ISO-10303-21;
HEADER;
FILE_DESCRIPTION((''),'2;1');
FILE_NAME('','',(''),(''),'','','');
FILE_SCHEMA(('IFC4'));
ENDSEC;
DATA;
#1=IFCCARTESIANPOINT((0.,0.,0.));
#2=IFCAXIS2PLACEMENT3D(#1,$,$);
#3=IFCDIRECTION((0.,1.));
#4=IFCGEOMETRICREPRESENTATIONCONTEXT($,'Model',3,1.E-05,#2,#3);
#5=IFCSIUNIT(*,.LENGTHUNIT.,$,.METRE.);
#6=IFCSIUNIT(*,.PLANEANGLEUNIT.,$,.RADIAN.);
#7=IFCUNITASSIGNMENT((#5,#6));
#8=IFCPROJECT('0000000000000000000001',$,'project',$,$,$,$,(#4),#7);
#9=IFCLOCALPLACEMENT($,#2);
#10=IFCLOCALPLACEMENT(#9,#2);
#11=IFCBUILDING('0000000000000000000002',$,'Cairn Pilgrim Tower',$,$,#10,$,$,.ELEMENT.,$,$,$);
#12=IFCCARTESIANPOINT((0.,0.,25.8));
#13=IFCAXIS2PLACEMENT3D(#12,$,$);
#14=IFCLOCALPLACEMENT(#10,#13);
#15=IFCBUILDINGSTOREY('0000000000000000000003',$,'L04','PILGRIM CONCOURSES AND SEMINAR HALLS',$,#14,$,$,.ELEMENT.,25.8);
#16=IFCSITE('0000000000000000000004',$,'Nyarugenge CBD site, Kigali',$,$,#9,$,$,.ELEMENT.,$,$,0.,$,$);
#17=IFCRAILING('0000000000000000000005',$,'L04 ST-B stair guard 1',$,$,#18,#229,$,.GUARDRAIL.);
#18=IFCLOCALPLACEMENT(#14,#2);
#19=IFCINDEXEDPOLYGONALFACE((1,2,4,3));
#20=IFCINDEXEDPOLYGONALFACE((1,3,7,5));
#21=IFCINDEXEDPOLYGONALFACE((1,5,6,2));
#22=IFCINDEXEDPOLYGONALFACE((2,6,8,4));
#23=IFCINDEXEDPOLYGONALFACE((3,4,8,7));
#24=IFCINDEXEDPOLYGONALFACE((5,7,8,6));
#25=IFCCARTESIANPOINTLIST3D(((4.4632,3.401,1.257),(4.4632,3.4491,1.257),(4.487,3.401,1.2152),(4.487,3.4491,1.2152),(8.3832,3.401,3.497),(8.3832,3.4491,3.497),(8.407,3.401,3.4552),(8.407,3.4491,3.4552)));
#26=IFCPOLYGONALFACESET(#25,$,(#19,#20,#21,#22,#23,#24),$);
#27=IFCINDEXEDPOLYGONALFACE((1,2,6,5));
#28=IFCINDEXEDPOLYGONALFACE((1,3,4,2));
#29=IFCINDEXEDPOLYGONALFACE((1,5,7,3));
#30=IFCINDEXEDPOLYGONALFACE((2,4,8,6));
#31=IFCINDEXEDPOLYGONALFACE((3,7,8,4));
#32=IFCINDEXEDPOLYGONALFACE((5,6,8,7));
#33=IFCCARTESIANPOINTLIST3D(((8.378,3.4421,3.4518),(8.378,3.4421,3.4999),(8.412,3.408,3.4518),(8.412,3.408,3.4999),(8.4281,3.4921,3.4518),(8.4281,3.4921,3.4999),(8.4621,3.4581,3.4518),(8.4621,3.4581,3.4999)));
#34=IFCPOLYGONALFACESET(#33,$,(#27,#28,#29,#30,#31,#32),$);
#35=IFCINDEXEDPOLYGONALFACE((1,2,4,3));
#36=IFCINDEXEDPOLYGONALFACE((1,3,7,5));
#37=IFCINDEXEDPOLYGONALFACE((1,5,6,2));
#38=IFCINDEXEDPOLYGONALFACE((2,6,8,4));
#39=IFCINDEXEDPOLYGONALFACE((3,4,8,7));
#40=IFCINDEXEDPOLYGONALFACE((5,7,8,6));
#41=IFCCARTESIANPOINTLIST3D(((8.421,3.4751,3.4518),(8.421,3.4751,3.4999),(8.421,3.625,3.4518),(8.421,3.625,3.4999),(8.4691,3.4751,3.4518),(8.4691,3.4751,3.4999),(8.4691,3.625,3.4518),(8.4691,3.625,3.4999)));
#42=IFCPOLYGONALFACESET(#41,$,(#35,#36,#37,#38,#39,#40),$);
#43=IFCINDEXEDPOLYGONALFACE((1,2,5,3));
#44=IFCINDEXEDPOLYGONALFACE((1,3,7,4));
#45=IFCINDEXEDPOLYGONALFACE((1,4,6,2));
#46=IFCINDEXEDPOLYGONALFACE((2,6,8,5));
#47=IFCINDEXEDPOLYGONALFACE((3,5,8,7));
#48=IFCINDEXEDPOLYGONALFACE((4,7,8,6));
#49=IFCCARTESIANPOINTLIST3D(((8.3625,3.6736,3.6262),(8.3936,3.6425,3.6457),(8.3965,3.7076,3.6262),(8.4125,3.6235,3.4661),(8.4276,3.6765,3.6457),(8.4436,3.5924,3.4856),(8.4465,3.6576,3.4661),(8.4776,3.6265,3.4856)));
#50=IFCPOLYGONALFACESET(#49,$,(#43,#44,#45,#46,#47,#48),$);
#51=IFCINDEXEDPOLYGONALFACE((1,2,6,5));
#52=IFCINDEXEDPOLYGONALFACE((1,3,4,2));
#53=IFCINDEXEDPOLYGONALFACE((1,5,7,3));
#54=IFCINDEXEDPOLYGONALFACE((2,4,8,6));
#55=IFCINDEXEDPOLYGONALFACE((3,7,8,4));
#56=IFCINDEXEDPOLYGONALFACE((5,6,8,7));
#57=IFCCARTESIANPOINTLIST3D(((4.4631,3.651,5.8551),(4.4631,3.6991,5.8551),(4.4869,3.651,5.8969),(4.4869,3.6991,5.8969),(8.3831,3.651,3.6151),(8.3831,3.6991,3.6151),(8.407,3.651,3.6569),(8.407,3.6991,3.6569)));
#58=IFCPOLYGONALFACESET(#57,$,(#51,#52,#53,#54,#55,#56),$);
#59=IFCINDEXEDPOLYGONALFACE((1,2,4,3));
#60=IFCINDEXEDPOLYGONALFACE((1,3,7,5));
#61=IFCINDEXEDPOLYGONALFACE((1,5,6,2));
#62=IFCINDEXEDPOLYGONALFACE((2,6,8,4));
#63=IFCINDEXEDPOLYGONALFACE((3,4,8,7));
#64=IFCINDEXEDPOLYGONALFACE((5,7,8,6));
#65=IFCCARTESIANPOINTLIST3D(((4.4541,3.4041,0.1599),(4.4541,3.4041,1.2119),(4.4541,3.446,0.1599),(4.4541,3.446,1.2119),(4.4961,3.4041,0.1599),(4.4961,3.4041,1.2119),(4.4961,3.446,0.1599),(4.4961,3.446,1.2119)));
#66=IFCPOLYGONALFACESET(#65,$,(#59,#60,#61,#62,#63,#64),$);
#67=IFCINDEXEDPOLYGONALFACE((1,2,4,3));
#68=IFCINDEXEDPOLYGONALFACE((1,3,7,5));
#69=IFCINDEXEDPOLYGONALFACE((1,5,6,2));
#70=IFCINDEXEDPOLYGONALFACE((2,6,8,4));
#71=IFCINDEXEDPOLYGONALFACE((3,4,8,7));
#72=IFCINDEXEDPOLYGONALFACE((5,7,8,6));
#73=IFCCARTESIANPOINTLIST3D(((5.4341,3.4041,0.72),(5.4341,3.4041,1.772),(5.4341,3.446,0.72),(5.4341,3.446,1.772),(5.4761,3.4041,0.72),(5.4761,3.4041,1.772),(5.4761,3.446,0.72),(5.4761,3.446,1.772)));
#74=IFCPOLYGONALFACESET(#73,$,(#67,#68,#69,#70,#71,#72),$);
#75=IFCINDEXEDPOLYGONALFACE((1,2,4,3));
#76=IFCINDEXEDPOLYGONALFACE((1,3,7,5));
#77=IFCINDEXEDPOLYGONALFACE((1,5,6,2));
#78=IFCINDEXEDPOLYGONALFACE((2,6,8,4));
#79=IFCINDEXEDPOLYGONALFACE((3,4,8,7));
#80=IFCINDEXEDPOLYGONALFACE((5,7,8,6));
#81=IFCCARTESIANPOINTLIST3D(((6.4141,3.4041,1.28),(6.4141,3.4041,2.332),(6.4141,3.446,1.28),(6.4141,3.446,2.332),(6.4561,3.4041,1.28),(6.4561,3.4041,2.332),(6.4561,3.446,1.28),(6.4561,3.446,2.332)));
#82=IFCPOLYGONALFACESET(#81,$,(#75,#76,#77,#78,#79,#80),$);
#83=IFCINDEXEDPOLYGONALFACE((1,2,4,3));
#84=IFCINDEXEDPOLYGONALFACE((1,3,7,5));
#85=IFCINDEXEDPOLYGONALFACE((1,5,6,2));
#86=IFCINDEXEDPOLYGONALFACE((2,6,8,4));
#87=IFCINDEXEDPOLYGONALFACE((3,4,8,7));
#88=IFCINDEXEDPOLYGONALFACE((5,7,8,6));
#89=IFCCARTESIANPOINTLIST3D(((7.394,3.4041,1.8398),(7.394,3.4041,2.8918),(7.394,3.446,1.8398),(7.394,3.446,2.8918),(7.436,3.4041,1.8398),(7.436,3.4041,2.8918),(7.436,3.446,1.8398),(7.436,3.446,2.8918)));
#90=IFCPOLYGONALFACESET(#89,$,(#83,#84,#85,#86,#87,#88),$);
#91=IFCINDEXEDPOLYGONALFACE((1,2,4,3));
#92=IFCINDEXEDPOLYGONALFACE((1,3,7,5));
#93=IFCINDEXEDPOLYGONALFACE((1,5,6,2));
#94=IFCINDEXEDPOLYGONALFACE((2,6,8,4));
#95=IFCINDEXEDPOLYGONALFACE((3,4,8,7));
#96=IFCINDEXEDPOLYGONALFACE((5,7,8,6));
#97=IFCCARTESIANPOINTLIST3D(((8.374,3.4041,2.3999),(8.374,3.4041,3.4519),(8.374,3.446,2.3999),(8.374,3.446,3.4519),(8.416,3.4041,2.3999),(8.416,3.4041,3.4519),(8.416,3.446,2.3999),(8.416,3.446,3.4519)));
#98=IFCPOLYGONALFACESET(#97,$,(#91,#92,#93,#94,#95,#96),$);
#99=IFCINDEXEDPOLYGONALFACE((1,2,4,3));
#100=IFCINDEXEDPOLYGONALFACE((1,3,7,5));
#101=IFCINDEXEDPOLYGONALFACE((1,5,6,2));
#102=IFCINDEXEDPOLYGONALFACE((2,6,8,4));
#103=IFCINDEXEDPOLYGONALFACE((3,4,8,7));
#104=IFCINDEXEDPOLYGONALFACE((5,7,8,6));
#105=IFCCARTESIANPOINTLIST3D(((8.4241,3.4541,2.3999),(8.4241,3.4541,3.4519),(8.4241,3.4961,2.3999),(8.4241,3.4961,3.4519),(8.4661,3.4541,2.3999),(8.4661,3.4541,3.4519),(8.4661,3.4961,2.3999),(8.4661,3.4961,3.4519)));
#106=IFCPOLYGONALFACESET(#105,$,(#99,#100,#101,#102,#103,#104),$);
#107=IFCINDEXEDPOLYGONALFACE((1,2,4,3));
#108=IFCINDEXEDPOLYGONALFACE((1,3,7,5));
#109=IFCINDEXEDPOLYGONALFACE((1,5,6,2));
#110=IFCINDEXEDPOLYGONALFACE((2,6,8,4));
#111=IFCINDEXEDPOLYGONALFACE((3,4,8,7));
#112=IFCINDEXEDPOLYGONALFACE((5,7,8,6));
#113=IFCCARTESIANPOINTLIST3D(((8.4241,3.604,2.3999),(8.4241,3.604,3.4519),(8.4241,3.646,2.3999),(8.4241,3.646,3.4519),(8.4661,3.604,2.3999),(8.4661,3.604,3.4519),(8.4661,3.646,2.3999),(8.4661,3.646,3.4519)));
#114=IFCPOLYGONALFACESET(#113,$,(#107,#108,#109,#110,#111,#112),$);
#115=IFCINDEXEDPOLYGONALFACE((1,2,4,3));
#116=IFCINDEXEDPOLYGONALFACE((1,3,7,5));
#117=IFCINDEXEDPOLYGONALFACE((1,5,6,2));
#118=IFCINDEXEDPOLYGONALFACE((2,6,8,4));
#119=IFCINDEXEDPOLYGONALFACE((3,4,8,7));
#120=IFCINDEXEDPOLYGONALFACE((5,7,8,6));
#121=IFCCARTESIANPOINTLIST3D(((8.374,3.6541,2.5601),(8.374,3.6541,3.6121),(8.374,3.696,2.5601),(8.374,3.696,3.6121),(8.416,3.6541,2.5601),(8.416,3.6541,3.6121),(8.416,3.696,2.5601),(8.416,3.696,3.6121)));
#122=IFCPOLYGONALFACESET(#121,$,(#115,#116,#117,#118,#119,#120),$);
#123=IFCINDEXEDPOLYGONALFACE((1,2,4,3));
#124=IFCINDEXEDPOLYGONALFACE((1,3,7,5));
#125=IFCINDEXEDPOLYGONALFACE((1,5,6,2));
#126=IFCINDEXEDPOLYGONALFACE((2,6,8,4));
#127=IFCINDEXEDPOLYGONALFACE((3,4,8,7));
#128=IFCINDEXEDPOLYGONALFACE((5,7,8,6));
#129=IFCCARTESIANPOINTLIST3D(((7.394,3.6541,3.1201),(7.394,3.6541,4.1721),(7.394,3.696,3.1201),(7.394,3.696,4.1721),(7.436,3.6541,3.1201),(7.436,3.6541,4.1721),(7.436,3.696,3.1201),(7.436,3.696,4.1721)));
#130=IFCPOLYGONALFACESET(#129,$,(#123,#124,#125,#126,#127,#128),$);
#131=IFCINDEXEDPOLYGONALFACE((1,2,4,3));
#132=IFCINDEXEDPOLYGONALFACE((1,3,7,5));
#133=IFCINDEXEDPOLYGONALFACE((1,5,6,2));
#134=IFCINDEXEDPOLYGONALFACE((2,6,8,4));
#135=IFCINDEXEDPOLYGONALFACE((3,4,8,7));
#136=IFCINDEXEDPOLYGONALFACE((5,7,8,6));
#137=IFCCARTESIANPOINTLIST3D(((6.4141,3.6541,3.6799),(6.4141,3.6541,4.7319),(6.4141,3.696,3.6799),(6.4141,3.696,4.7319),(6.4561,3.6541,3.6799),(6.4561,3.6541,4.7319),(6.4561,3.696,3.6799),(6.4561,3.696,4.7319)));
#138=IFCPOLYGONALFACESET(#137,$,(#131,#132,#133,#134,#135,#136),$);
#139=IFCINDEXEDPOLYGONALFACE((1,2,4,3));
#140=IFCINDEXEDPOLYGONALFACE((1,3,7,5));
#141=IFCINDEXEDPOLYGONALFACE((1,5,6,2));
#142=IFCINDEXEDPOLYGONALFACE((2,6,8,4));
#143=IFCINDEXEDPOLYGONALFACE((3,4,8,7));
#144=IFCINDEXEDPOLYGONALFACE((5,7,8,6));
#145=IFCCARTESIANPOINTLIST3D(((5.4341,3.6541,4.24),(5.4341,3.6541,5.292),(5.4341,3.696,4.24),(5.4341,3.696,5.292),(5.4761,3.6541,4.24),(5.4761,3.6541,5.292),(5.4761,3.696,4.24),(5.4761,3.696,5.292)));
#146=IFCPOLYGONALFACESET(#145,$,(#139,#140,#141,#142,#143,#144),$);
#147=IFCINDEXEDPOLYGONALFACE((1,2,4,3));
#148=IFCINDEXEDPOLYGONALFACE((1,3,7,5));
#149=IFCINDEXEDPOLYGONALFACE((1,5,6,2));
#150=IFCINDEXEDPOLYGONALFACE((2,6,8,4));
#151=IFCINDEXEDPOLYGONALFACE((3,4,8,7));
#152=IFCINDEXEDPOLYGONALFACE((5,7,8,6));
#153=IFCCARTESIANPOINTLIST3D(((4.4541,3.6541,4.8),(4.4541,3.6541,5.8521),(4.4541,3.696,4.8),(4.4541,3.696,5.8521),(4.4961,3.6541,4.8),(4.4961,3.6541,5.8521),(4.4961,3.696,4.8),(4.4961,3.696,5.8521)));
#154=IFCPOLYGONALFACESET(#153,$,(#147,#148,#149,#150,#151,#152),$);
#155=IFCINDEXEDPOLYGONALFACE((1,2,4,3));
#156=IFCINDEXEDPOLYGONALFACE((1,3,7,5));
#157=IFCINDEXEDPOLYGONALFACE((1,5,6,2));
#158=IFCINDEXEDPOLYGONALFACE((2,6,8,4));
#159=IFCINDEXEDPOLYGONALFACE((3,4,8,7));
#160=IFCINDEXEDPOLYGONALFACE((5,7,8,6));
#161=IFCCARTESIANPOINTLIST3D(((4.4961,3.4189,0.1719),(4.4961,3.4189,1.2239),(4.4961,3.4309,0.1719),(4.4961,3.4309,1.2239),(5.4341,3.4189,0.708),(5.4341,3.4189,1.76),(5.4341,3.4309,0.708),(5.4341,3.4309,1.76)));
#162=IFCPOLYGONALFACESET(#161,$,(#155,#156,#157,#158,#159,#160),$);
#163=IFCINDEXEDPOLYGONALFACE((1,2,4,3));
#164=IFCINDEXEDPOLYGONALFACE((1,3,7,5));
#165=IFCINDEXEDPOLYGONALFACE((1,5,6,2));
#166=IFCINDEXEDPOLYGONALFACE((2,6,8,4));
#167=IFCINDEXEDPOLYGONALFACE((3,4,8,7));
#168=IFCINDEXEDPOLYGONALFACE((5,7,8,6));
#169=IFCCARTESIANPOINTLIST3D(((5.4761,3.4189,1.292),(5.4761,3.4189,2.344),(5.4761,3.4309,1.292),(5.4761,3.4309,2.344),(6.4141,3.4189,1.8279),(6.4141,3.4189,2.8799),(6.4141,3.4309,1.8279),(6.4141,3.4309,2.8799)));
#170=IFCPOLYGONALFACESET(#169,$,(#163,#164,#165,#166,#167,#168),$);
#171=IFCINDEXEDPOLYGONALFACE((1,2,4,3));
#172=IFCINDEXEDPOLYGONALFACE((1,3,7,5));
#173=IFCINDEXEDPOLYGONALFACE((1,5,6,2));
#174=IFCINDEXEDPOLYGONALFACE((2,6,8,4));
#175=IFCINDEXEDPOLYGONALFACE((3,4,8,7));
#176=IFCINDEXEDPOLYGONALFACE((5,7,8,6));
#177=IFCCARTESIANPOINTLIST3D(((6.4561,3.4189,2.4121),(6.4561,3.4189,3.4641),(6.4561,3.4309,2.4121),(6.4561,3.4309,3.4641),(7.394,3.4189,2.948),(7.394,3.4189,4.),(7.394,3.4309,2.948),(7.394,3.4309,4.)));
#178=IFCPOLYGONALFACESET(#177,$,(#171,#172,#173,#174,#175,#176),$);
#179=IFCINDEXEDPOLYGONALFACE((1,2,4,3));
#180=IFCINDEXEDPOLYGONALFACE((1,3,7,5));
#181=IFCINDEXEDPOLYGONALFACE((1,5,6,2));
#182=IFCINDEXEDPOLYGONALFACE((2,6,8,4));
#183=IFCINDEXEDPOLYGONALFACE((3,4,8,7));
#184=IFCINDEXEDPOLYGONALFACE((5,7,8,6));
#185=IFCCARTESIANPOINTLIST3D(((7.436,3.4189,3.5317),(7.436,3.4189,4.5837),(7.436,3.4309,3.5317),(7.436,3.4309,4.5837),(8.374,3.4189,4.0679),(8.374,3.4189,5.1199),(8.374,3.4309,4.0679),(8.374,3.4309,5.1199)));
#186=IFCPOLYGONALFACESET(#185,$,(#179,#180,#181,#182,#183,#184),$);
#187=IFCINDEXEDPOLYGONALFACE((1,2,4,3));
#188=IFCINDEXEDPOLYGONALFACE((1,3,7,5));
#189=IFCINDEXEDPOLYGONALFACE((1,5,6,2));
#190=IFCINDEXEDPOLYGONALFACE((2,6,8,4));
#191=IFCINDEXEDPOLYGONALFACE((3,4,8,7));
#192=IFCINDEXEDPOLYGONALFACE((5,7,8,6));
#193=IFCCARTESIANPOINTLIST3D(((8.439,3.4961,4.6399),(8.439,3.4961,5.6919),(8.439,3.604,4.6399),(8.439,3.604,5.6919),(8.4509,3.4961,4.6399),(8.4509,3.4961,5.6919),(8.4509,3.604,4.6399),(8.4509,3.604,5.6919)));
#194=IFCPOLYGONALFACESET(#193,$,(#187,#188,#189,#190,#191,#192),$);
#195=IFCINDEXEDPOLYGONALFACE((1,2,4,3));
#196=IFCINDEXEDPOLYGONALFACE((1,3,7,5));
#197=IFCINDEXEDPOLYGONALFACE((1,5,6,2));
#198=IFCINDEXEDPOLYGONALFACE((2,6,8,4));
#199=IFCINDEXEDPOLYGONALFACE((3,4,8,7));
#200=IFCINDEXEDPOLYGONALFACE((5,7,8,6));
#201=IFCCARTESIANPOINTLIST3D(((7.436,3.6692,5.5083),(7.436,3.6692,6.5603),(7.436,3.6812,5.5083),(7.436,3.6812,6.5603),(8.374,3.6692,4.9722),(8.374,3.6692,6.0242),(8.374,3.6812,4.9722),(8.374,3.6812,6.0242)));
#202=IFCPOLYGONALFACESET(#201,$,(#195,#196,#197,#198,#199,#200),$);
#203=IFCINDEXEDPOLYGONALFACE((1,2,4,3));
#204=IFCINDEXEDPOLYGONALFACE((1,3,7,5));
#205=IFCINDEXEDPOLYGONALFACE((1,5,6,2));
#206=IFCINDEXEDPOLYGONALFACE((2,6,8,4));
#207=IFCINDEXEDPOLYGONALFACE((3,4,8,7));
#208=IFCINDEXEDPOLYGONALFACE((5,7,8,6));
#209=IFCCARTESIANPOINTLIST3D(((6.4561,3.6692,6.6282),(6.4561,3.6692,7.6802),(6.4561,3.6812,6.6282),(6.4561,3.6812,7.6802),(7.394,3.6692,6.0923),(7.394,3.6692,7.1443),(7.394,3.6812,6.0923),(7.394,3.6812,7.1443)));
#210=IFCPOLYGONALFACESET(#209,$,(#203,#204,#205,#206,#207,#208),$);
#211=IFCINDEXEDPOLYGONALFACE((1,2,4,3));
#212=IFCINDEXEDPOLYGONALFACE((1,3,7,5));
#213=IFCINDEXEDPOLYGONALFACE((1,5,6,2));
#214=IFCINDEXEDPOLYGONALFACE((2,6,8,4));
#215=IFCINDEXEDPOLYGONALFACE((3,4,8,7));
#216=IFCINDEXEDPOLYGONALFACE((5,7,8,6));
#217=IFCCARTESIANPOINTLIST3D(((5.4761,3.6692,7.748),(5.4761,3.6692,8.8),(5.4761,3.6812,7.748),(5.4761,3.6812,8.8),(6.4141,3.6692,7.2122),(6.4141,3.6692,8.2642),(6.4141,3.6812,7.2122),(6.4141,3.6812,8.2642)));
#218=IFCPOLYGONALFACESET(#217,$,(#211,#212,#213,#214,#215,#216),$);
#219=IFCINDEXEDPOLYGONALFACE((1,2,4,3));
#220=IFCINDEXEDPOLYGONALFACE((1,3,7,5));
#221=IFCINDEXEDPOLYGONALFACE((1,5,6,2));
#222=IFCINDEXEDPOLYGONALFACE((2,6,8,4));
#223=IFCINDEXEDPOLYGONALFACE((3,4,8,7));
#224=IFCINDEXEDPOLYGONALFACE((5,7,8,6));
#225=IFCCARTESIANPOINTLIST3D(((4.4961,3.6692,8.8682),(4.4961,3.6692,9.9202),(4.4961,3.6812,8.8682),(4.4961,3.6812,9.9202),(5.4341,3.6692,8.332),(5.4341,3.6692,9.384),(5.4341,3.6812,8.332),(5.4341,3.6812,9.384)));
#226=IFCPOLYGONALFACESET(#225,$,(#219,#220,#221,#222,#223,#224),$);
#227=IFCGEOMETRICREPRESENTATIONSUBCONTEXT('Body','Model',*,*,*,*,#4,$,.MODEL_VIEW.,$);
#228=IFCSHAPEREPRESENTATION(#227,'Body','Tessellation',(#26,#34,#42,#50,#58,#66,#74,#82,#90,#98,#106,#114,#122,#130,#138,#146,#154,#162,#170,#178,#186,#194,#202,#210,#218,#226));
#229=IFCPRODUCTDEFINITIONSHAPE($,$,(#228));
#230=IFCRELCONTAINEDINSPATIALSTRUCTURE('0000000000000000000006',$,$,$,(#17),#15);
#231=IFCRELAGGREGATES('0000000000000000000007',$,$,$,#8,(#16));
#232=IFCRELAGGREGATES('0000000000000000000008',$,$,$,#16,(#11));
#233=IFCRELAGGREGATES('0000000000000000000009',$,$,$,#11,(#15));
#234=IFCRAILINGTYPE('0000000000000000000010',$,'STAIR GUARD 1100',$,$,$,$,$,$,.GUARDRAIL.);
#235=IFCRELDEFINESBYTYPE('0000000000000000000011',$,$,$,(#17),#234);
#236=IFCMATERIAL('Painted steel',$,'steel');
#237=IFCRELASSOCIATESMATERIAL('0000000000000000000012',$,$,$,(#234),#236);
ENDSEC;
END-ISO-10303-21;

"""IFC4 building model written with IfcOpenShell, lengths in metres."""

from ifc_helpers import new_model, si_unit, direction, frame, origin, origin_2d, place, context, subcontext, project, spatial, polyline, rectangle, outline, extrude, material, type_object, element, save


model = new_model("IFC4")

# Units and contexts
model_context = context("Model", 3, precision=1e-05, world=origin(), true_north=direction((0.0, 1.0)))
body_context = subcontext(model_context, "Body", "Model", "MODEL_VIEW")
ifc_project = project(units=[si_unit("LENGTHUNIT", "METRE"), si_unit("PLANEANGLEUNIT", "RADIAN")], contexts=[model_context])

# Site, building, storey
site_placement = place(None, origin())
site = spatial("IfcSite", under=ifc_project, at=site_placement, Name="Nyarugenge CBD site, Kigali", CompositionType="ELEMENT", RefElevation=0.0)
building_placement = place(site_placement, origin())
building = spatial("IfcBuilding", under=site, at=building_placement, Name="Cairn Pilgrim Tower", CompositionType="ELEMENT")
storey_placement = place(building_placement, frame((0.0, 0.0, 25.8)))
storey = spatial("IfcBuildingStorey", under=building, at=storey_placement, Name="L04", Description="PILGRIM CONCOURSES AND SEMINAR HALLS", CompositionType="ELEMENT", Elevation=25.8)

# Shared definitions
ifc_material_1 = material(Name="Painted steel", Category="steel")

# Railing
railing_type_1 = type_object("IfcRailingType", Name="STAIR GUARD 1100", PredefinedType="GUARDRAIL", material=ifc_material_1)
railing_1_placement = place(storey_placement, frame((4.4751, 3.425, 0.1599)))
element("IfcRailing", 1, at=railing_1_placement, inside=storey, type_object=railing_type_1, Name="L04 ST-B stair guard 1", PredefinedType="GUARDRAIL", context=body_context, shape_type="SweptSolid", body=[
    extrude(rectangle(XDim=0.0481, YDim=0.0481, at=origin_2d()), frame((0.0, 0.0, 1.0762), z_axis=(0.86824, 0.0, 0.496145), x_axis=(0.0, 1.0, 0.0)), (0.0, 0.0, 1.0), 4.5149),
    extrude(rectangle(XDim=0.0481, YDim=0.0481, at=origin_2d()), frame((3.9199, 0.0, 3.3159), z_axis=(0.707107, 0.707107, 0.0), x_axis=(-0.707107, 0.707107, 0.0)), (0.0, 0.0, 1.0), 0.0708),
    extrude(rectangle(XDim=0.0481, YDim=0.0481, at=origin_2d()), frame((3.97, 0.05, 3.3159), z_axis=(0.0, 1.0, 0.0), x_axis=(-1.0, 0.0, 0.0)), (0.0, 0.0, 1.0), 0.1499),
    extrude(rectangle(XDim=0.0481, YDim=0.0481, at=origin_2d()), frame((3.97, 0.2, 3.3159), z_axis=(-0.285831, 0.285831, 0.914659), x_axis=(-0.707107, -0.707107, 0.0)), (0.0, 0.0, 1.0), 0.175),
    extrude(rectangle(XDim=0.0481, YDim=0.0481, at=origin_2d()), frame((3.9199, 0.25, 3.4761), z_axis=(-0.86824, 0.0, 0.496145), x_axis=(0.0, -1.0, 0.0)), (0.0, 0.0, 1.0), 4.5149),
    extrude(rectangle(XDim=0.042, YDim=0.042, at=origin_2d()), origin(), (0.0, 0.0, 1.0), 1.052),
    extrude(rectangle(XDim=0.042, YDim=0.042, at=origin_2d()), frame((0.98, 0.0, 0.5601)), (0.0, 0.0, 1.0), 1.052),
    extrude(rectangle(XDim=0.042, YDim=0.042, at=origin_2d()), frame((1.96, 0.0, 1.1201)), (0.0, 0.0, 1.0), 1.052),
    extrude(rectangle(XDim=0.042, YDim=0.042, at=origin_2d()), frame((2.9399, 0.0, 1.6799)), (0.0, 0.0, 1.0), 1.052),
    extrude(rectangle(XDim=0.042, YDim=0.042, at=origin_2d()), frame((3.9199, 0.0, 2.24)), (0.0, 0.0, 1.0), 1.052),
    extrude(rectangle(XDim=0.042, YDim=0.042, at=origin_2d()), frame((3.97, 0.05, 2.24)), (0.0, 0.0, 1.0), 1.052),
    extrude(rectangle(XDim=0.042, YDim=0.042, at=origin_2d()), frame((3.97, 0.2, 2.24)), (0.0, 0.0, 1.0), 1.052),
    extrude(rectangle(XDim=0.042, YDim=0.042, at=origin_2d()), frame((3.9199, 0.25, 2.4001)), (0.0, 0.0, 1.0), 1.052),
    extrude(rectangle(XDim=0.042, YDim=0.042, at=origin_2d()), frame((2.9399, 0.25, 2.9602)), (0.0, 0.0, 1.0), 1.052),
    extrude(rectangle(XDim=0.042, YDim=0.042, at=origin_2d()), frame((1.96, 0.25, 3.52)), (0.0, 0.0, 1.0), 1.052),
    extrude(rectangle(XDim=0.042, YDim=0.042, at=origin_2d()), frame((0.98, 0.25, 4.0801)), (0.0, 0.0, 1.0), 1.052),
    extrude(rectangle(XDim=0.042, YDim=0.042, at=origin_2d()), frame((0.0, 0.25, 4.6401)), (0.0, 0.0, 1.0), 1.052),
    extrude(outline(polyline([(0.021, 0.012), (0.959, 0.5481), (0.959, 1.6001), (0.021, 1.064), (0.021, 0.012)])), frame((0.0, 0.0059, 0.0), z_axis=(0.0, -1.0, 0.0), x_axis=(1.0, 0.0, 0.0)), (0.0, 0.0, 1.0), 0.012),
    extrude(outline(polyline([(0.021, 0.572), (0.959, 1.1079), (0.959, 2.1599), (0.021, 1.624), (0.021, 0.572)])), frame((0.98, 0.0059, 0.5601), z_axis=(0.0, -1.0, 0.0), x_axis=(1.0, 0.0, 0.0)), (0.0, 0.0, 1.0), 0.012),
    extrude(outline(polyline([(0.021, 1.1321), (0.959, 1.668), (0.959, 2.72), (0.021, 2.1841), (0.021, 1.1321)])), frame((1.96, 0.0059, 1.1201), z_axis=(0.0, -1.0, 0.0), x_axis=(1.0, 0.0, 0.0)), (0.0, 0.0, 1.0), 0.012),
    extrude(outline(polyline([(0.021, 1.6919), (0.959, 2.228), (0.959, 3.28), (0.021, 2.7439), (0.021, 1.6919)])), frame((2.9399, 0.0059, 1.6799), z_axis=(0.0, -1.0, 0.0), x_axis=(1.0, 0.0, 0.0)), (0.0, 0.0, 1.0), 0.012),
    extrude(outline(polyline([(0.021, 2.24), (0.1289, 2.24), (0.1289, 3.292), (0.021, 3.292), (0.021, 2.24)])), frame((3.9639, 0.05, 2.24), z_axis=(1.0, 0.0, 0.0), x_axis=(0.0, 1.0, 0.0)), (0.0, 0.0, 1.0), 0.012),
    extrude(outline(polyline([(0.021, 2.4121), (0.959, 2.9482), (0.959, 4.0002), (0.021, 3.4641), (0.021, 2.4121)])), frame((3.9199, 0.2441, 2.4001), z_axis=(0.0, 1.0, 0.0), x_axis=(-1.0, 0.0, 0.0)), (0.0, 0.0, 1.0), 0.012),
    extrude(outline(polyline([(0.021, 2.9722), (0.959, 3.5081), (0.959, 4.5601), (0.021, 4.0242), (0.021, 2.9722)])), frame((2.9399, 0.2441, 2.9602), z_axis=(0.0, 1.0, 0.0), x_axis=(-1.0, 0.0, 0.0)), (0.0, 0.0, 1.0), 0.012),
    extrude(outline(polyline([(0.021, 3.5322), (0.959, 4.0681), (0.959, 5.1201), (0.021, 4.5842), (0.021, 3.5322)])), frame((1.96, 0.2441, 3.52), z_axis=(0.0, 1.0, 0.0), x_axis=(-1.0, 0.0, 0.0)), (0.0, 0.0, 1.0), 0.012),
    extrude(outline(polyline([(0.021, 4.092), (0.959, 4.6282), (0.959, 5.6802), (0.021, 5.144), (0.021, 4.092)])), frame((0.98, 0.2441, 4.0801), z_axis=(0.0, 1.0, 0.0), x_axis=(-1.0, 0.0, 0.0)), (0.0, 0.0, 1.0), 0.012),
])

save(model, "model.ifc")
